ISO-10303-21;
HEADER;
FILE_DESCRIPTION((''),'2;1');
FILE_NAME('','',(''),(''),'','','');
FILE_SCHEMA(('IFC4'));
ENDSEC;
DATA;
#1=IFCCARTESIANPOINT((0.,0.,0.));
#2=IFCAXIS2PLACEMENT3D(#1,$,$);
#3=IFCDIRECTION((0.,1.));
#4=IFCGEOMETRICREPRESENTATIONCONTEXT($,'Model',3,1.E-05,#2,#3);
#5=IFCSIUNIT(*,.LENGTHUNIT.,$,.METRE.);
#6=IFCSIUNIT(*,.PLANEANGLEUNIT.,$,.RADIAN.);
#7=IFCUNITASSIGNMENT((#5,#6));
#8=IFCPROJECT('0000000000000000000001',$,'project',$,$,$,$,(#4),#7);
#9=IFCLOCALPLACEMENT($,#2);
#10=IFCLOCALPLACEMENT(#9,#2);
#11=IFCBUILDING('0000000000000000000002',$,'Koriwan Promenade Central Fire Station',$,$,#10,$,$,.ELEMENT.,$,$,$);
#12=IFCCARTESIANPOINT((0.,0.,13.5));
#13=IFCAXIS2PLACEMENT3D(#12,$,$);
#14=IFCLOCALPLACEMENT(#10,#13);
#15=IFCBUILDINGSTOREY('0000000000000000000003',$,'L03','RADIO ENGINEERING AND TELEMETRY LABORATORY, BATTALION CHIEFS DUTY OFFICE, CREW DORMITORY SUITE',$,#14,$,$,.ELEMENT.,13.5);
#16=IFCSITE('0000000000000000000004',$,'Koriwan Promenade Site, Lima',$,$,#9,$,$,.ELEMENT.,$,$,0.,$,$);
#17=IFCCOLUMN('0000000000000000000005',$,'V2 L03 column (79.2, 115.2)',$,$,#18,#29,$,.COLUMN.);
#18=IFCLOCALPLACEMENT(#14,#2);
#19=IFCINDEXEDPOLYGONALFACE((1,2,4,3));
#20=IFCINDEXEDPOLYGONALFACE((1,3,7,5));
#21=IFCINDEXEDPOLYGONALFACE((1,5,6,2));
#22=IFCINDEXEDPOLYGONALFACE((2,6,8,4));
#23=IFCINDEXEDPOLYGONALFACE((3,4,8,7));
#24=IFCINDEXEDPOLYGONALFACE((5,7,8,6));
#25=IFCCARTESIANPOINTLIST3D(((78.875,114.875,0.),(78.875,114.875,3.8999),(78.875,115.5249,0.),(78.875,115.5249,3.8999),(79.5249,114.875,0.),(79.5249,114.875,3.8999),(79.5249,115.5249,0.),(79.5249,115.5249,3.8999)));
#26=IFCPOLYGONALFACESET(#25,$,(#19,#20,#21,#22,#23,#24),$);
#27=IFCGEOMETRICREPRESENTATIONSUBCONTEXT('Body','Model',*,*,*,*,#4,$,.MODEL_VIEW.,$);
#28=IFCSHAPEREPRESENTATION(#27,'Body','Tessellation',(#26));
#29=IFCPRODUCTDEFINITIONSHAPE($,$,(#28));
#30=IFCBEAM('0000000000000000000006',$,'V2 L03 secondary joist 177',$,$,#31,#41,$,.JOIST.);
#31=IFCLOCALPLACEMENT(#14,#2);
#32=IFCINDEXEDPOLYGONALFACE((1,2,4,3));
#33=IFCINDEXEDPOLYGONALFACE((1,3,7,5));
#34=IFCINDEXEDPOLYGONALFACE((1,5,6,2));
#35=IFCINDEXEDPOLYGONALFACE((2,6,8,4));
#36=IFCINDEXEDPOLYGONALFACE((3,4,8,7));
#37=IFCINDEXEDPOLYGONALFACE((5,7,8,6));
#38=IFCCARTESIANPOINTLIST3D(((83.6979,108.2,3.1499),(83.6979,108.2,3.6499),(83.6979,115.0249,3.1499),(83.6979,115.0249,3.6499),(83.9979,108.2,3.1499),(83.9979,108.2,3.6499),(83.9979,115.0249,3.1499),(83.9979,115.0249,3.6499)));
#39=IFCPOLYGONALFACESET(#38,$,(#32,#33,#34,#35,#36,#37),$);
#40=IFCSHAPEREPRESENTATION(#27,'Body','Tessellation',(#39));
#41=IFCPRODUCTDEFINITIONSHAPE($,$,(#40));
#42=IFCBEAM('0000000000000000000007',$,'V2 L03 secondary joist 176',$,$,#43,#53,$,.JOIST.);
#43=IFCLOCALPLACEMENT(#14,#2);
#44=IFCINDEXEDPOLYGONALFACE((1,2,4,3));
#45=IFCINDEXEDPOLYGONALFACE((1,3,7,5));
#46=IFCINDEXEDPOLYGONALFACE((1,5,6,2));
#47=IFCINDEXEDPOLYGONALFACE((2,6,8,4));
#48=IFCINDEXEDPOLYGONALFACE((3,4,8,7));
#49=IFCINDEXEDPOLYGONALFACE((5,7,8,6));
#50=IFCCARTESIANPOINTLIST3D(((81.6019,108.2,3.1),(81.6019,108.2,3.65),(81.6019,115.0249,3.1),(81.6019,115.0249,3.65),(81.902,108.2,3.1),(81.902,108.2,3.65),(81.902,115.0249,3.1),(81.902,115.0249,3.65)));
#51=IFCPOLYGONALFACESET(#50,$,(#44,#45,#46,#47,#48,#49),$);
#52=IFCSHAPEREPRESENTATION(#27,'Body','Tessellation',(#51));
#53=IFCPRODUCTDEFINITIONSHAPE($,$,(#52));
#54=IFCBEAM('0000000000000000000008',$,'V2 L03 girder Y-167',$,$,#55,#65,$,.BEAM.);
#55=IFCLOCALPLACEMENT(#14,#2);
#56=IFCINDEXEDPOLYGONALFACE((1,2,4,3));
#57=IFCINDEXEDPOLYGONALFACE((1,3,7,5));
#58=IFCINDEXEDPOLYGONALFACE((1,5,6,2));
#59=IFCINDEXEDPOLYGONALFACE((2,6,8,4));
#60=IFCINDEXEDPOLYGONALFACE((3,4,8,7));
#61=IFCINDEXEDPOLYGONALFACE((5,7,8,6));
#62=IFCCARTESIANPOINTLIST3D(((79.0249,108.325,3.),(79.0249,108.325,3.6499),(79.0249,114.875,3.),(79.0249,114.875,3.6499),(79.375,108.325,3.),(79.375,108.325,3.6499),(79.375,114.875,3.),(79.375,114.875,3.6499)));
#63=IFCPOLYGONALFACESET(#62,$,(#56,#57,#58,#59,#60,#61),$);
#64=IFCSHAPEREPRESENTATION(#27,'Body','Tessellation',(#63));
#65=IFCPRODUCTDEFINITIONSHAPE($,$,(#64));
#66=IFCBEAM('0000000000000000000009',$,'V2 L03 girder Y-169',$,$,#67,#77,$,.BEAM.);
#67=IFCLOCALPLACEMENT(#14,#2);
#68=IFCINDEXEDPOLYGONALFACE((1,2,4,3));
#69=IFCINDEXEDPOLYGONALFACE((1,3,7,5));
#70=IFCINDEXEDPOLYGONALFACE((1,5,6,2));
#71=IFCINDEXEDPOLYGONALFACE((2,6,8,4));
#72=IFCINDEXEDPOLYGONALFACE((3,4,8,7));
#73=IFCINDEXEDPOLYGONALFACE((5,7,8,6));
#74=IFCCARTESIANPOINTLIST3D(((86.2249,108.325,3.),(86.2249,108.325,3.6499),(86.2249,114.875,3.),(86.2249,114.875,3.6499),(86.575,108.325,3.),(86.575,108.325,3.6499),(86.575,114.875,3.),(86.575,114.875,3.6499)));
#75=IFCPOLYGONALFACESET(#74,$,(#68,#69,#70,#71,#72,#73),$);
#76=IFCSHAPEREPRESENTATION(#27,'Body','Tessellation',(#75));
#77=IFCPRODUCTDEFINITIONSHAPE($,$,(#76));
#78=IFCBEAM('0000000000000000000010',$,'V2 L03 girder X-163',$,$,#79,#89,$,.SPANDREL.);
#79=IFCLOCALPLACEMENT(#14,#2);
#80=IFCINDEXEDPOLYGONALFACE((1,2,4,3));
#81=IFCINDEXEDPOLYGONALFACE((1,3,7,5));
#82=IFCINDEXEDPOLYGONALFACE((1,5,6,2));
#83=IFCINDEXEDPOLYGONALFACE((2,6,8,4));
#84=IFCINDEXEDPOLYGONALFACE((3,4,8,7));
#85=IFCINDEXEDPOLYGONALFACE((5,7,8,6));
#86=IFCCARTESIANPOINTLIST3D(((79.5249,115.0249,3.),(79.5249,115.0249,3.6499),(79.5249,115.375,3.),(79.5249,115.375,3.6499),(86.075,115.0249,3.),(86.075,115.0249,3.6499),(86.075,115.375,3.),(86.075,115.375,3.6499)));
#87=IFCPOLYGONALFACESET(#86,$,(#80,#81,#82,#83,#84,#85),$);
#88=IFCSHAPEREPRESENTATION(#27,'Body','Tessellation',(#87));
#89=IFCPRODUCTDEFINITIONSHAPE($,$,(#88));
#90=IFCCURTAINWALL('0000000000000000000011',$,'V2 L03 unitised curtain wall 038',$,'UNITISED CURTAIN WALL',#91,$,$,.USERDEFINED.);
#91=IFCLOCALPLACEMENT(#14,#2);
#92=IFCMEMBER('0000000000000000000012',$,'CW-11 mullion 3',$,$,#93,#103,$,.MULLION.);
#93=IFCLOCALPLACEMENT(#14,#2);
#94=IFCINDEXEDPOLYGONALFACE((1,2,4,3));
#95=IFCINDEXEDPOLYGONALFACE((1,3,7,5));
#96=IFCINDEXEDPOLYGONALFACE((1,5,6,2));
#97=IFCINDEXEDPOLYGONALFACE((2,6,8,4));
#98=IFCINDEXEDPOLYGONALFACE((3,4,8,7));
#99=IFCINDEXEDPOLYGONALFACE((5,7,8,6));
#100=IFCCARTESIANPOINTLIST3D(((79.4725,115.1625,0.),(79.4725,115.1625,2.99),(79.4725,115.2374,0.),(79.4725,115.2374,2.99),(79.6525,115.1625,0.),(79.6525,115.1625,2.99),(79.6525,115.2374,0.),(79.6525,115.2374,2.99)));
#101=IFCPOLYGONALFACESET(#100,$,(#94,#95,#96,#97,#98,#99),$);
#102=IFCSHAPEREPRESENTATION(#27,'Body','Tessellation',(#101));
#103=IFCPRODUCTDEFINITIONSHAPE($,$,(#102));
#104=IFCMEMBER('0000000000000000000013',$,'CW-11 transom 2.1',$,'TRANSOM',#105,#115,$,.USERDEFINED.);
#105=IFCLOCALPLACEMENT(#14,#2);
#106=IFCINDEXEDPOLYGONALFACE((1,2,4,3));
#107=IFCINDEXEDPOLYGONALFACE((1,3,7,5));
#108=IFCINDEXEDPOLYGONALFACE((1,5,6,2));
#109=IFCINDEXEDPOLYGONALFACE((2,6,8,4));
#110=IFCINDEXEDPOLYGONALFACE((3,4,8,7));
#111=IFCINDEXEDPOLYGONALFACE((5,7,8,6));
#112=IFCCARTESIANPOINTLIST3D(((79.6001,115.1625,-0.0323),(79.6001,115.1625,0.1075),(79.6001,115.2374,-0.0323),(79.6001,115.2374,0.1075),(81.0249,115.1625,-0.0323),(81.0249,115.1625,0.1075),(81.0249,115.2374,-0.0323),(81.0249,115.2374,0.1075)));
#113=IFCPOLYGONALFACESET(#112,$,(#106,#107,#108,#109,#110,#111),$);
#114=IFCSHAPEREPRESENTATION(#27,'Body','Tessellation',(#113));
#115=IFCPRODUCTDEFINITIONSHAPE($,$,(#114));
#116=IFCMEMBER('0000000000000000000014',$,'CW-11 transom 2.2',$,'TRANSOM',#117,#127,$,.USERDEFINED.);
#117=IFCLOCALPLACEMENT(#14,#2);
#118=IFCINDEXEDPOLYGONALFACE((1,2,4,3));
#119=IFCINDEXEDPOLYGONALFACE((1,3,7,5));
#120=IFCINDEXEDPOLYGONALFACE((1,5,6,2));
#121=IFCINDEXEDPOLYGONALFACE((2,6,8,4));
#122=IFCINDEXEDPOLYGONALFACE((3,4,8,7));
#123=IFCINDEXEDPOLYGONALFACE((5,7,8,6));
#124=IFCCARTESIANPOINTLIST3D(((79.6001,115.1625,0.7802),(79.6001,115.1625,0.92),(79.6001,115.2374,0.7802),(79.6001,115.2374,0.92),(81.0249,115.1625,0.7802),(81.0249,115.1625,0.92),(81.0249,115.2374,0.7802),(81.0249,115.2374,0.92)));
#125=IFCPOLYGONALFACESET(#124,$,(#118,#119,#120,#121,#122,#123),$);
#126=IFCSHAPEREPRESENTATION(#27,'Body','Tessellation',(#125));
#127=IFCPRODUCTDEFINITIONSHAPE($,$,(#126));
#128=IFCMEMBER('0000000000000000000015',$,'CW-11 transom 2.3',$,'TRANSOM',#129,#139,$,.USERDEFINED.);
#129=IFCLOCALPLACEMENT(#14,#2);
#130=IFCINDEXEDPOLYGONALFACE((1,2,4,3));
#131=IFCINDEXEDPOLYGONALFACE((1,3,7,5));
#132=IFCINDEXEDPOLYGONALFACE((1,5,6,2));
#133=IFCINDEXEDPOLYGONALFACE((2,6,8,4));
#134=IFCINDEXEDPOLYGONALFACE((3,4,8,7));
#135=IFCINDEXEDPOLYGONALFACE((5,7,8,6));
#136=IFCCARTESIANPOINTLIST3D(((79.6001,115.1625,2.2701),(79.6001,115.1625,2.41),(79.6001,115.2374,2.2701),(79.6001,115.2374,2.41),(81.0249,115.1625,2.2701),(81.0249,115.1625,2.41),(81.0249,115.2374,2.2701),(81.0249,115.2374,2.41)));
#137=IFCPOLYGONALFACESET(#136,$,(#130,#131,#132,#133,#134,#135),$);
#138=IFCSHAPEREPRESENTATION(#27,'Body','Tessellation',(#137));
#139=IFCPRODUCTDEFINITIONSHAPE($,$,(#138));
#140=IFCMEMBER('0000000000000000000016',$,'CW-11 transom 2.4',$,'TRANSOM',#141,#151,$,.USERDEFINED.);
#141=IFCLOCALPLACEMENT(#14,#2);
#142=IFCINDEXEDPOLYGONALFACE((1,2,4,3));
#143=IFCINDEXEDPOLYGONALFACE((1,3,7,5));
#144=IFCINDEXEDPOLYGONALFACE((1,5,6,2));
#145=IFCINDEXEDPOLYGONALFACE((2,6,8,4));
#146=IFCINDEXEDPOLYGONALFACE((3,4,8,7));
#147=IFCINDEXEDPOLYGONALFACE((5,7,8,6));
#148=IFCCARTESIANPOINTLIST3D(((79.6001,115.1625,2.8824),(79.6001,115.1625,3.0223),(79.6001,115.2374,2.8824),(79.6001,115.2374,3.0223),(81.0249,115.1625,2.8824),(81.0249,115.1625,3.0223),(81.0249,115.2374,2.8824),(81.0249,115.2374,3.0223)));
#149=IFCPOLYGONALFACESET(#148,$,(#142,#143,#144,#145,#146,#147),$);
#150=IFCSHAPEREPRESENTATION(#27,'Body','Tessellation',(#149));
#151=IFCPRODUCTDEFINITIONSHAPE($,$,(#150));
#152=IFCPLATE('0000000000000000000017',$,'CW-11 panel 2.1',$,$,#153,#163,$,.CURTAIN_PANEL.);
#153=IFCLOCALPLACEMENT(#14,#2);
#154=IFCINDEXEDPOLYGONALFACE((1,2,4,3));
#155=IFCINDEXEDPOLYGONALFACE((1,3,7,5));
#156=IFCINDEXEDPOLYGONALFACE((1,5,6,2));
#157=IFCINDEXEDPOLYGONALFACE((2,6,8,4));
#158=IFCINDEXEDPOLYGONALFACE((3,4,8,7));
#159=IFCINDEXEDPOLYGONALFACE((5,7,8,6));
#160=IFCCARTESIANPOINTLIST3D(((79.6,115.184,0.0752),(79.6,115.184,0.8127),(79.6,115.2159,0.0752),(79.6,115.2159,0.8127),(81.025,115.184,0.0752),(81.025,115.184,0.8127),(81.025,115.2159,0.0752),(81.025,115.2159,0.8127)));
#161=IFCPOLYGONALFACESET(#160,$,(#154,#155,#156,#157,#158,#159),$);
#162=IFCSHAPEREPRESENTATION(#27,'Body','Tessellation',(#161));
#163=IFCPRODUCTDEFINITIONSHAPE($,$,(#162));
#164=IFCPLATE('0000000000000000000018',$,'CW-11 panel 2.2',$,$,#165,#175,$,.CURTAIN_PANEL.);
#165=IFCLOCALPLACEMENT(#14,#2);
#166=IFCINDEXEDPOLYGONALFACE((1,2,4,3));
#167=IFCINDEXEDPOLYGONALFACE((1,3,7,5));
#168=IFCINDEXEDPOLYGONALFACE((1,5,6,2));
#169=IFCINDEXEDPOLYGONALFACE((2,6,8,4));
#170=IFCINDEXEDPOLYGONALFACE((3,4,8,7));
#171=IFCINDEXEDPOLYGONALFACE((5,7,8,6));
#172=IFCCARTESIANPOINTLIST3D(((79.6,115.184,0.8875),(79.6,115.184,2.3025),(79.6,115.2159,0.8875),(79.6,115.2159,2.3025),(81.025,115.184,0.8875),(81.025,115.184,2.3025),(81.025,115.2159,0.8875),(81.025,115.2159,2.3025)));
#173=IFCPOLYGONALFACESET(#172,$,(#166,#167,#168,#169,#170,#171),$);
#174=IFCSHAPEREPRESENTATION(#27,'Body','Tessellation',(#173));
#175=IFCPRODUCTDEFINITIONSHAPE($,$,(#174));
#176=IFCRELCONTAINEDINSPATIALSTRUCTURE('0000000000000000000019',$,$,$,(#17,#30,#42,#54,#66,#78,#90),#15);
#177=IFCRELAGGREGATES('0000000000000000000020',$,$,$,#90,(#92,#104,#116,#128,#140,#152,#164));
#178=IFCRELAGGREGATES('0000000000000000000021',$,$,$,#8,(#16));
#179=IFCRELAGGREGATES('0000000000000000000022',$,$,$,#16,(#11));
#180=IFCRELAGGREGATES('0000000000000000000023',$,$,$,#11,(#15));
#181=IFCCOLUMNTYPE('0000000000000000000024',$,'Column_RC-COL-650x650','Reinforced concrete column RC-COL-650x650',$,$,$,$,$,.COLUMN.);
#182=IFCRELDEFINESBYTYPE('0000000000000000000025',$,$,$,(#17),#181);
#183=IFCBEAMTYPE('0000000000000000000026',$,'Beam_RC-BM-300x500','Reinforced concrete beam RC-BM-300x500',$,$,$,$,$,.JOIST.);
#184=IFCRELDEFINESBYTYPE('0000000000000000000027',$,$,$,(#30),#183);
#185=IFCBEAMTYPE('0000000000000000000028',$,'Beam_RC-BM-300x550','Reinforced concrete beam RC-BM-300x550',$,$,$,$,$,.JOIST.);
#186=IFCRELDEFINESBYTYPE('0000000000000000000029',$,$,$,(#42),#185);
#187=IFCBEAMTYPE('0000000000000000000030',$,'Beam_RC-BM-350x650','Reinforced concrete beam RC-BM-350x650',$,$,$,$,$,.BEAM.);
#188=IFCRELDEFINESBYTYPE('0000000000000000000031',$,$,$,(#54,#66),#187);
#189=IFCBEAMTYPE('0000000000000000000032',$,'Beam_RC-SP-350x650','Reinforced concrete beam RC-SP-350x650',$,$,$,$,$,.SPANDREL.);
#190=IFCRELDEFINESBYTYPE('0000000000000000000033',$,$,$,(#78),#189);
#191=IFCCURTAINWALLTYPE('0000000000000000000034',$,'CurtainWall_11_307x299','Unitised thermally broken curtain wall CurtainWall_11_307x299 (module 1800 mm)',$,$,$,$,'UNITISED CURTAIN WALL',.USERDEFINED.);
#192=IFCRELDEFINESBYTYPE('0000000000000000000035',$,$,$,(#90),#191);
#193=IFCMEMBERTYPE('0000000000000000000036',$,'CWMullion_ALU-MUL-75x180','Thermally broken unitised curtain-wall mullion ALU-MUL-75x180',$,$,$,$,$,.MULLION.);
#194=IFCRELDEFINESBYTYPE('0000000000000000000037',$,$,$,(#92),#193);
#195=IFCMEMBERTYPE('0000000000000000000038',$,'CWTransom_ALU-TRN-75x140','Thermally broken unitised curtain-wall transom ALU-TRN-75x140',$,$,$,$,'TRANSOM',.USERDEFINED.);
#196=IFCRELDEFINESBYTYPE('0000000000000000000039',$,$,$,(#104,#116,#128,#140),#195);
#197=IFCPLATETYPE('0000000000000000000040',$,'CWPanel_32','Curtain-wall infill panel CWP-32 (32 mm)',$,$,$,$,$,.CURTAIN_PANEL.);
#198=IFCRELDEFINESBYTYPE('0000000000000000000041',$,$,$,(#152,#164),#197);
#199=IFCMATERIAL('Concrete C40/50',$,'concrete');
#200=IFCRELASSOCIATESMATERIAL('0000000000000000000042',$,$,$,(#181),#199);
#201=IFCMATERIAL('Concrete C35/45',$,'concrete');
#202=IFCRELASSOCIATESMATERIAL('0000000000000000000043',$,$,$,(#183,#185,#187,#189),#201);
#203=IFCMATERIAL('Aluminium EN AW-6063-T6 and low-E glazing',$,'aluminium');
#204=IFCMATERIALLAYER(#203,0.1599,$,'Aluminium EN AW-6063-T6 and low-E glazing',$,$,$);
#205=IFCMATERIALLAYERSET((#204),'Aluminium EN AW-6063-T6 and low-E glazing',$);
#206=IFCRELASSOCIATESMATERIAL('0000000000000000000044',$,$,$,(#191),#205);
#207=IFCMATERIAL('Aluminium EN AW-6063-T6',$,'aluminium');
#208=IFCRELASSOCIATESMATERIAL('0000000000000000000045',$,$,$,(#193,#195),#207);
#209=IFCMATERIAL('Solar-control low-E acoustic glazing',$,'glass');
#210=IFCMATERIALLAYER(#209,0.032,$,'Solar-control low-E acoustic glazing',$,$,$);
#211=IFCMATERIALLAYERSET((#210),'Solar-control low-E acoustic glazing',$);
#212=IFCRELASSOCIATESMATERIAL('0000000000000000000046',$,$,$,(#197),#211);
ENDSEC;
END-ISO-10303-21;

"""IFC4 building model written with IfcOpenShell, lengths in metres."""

from ifc_helpers import new_model, si_unit, direction, frame, origin, origin_2d, place, context, subcontext, project, spatial, rectangle, extrude, material, layer, layer_set, material_profile, profile_set, type_object, element, aggregate, save


model = new_model("IFC4")

# Units and contexts
model_context = context("Model", 3, precision=1e-05, world=origin(), true_north=direction((0.0, 1.0)))
body_context = subcontext(model_context, "Body", "Model", "MODEL_VIEW")
ifc_project = project(units=[si_unit("LENGTHUNIT", "METRE"), si_unit("PLANEANGLEUNIT", "RADIAN")], contexts=[model_context])

# Site, building, storey
site_placement = place(None, origin())
site = spatial("IfcSite", under=ifc_project, at=site_placement, Name="Koriwan Promenade Site, Lima", CompositionType="ELEMENT", RefElevation=0.0)
building_placement = place(site_placement, origin())
building = spatial("IfcBuilding", under=site, at=building_placement, Name="Koriwan Promenade Central Fire Station", CompositionType="ELEMENT")
storey_placement = place(building_placement, frame((0.0, 0.0, 13.5)))
storey = spatial("IfcBuildingStorey", under=building, at=storey_placement, Name="L03", Description="RADIO ENGINEERING AND TELEMETRY LABORATORY, BATTALION CHIEFS DUTY OFFICE, CREW DORMITORY SUITE", CompositionType="ELEMENT", Elevation=13.5)

# Column
ifc_material_1 = material(Name="Concrete C40/50", Category="concrete")
ifc_material_profile_1 = material_profile(ifc_material_1, rectangle(XDim=0.6499, YDim=0.6499, at=origin_2d()), Name="RC-COL-650x650")
ifc_profile_set_1 = profile_set([ifc_material_profile_1], Name="Concrete C40/50")
column_type = type_object("IfcColumnType", Name="Column_RC-COL-650x650", Description="Reinforced concrete column RC-COL-650x650", PredefinedType="COLUMN", material=ifc_profile_set_1)
column_placement = place(storey_placement, frame((79.2, 115.2, 0.0), z_axis=(0.0, 0.0, 1.0), x_axis=(1.0, 0.0, 0.0)))
element("IfcColumn", 1, at=column_placement, inside=storey, type_object=column_type, Name="V2 L03 column (79.2, 115.2)", PredefinedType="COLUMN", context=body_context, shape_type="SweptSolid", body=[
    extrude(rectangle(XDim=0.6499, YDim=0.6499, at=origin_2d()), origin(), (0.0, 0.0, 1.0), 3.8999),
])

# Beams
ifc_material_2 = material(Name="Concrete C35/45", Category="concrete")
ifc_material_profile_2 = material_profile(ifc_material_2, rectangle(XDim=0.3, YDim=0.5, at=origin_2d()), Name="RC-BM-300x500")
ifc_profile_set_2 = profile_set([ifc_material_profile_2], Name="Concrete C35/45")
beam_type_1 = type_object("IfcBeamType", Name="Beam_RC-BM-300x500", Description="Reinforced concrete beam RC-BM-300x500", PredefinedType="JOIST", material=ifc_profile_set_2)
beam_1_placement = place(storey_placement, frame((83.8479, 108.2, 3.3999), z_axis=(0.0, 1.0, 0.0), x_axis=(-1.0, 0.0, 0.0)))
element("IfcBeam", 2, at=beam_1_placement, inside=storey, type_object=beam_type_1, Name="V2 L03 secondary joist 177", PredefinedType="JOIST", context=body_context, shape_type="SweptSolid", body=[
    extrude(rectangle(XDim=0.3, YDim=0.5, at=origin_2d()), origin(), (0.0, 0.0, 1.0), 6.825),
])
ifc_material_profile_3 = material_profile(ifc_material_2, rectangle(XDim=0.3, YDim=0.55, at=origin_2d()), Name="RC-BM-300x550")
ifc_profile_set_3 = profile_set([ifc_material_profile_3], Name="Concrete C35/45")
beam_type_2 = type_object("IfcBeamType", Name="Beam_RC-BM-300x550", Description="Reinforced concrete beam RC-BM-300x550", PredefinedType="JOIST", material=ifc_profile_set_3)
beam_2_placement = place(storey_placement, frame((81.752, 108.2, 3.375), z_axis=(0.0, 1.0, 0.0), x_axis=(-1.0, 0.0, 0.0)))
element("IfcBeam", 3, at=beam_2_placement, inside=storey, type_object=beam_type_2, Name="V2 L03 secondary joist 176", PredefinedType="JOIST", context=body_context, shape_type="SweptSolid", body=[
    extrude(rectangle(XDim=0.3, YDim=0.55, at=origin_2d()), origin(), (0.0, 0.0, 1.0), 6.825),
])
ifc_material_profile_4 = material_profile(ifc_material_2, rectangle(XDim=0.3501, YDim=0.6499, at=origin_2d()), Name="RC-BM-350x650")
ifc_profile_set_4 = profile_set([ifc_material_profile_4], Name="Concrete C35/45")
beam_type_3 = type_object("IfcBeamType", Name="Beam_RC-BM-350x650", Description="Reinforced concrete beam RC-BM-350x650", PredefinedType="BEAM", material=ifc_profile_set_4)
for number, where, z_axis, x_axis, name in (
    (4, (79.2, 108.325, 3.325), (0.0, 1.0, 0.0), (-1.0, 0.0, 0.0), "V2 L03 girder Y-167"),
    (5, (86.3999, 108.325, 3.325), (0.0, 1.0, 0.0), (-1.0, 0.0, 0.0), "V2 L03 girder Y-169"),
):
    element("IfcBeam", number, at=place(storey_placement, frame(where, z_axis=z_axis, x_axis=x_axis)), inside=storey, type_object=beam_type_3, Name=name, PredefinedType="BEAM", context=body_context, shape_type="SweptSolid", body=[
        extrude(rectangle(XDim=0.3501, YDim=0.6499, at=origin_2d()), origin(), (0.0, 0.0, 1.0), 6.55),
    ])
ifc_material_profile_5 = material_profile(ifc_material_2, rectangle(XDim=0.3501, YDim=0.6499, at=origin_2d()), Name="RC-SP-350x650")
ifc_profile_set_5 = profile_set([ifc_material_profile_5], Name="Concrete C35/45")
beam_type_4 = type_object("IfcBeamType", Name="Beam_RC-SP-350x650", Description="Reinforced concrete beam RC-SP-350x650", PredefinedType="SPANDREL", material=ifc_profile_set_5)
beam_3_placement = place(storey_placement, frame((79.5249, 115.2, 3.325), z_axis=(1.0, 0.0, 0.0), x_axis=(0.0, 1.0, 0.0)))
element("IfcBeam", 6, at=beam_3_placement, inside=storey, type_object=beam_type_4, Name="V2 L03 girder X-163", PredefinedType="SPANDREL", context=body_context, shape_type="SweptSolid", body=[
    extrude(rectangle(XDim=0.3501, YDim=0.6499, at=origin_2d()), origin(), (0.0, 0.0, 1.0), 6.55),
])

# Curtain wall, members, plates
ifc_material_3 = material(Name="Aluminium EN AW-6063-T6 and low-E glazing", Category="aluminium")
ifc_layer_1 = layer(ifc_material_3, 0.1599, Name="Aluminium EN AW-6063-T6 and low-E glazing")
ifc_layer_set_1 = layer_set([ifc_layer_1], Name="Aluminium EN AW-6063-T6 and low-E glazing")
curtain_wall_type = type_object("IfcCurtainWallType", Name="CurtainWall_11_307x299", Description="Unitised thermally broken curtain wall CurtainWall_11_307x299 (module 1800 mm)", ElementType="UNITISED CURTAIN WALL", PredefinedType="USERDEFINED", material=ifc_layer_set_1)
curtain_wall_placement = place(storey_placement, origin())
curtain_wall = element("IfcCurtainWall", 7, at=curtain_wall_placement, inside=storey, type_object=curtain_wall_type, Name="V2 L03 unitised curtain wall 038", ObjectType="UNITISED CURTAIN WALL", PredefinedType="USERDEFINED")
ifc_material_4 = material(Name="Aluminium EN AW-6063-T6", Category="aluminium")
ifc_material_profile_6 = material_profile(ifc_material_4, rectangle(XDim=0.075, YDim=0.1799, at=origin_2d()), Name="ALU-MUL-75x180")
ifc_profile_set_6 = profile_set([ifc_material_profile_6], Name="Aluminium EN AW-6063-T6")
member_type_1 = type_object("IfcMemberType", Name="CWMullion_ALU-MUL-75x180", Description="Thermally broken unitised curtain-wall mullion ALU-MUL-75x180", PredefinedType="MULLION", material=ifc_profile_set_6)
member_1_placement = place(storey_placement, frame((79.5625, 115.2, 0.0), z_axis=(0.0, 0.0, 1.0), x_axis=(0.0, -1.0, 0.0)))
member_1 = element("IfcMember", 8, at=member_1_placement, type_object=member_type_1, Name="CW-11 mullion 3", PredefinedType="MULLION", context=body_context, shape_type="SweptSolid", body=[
    extrude(rectangle(XDim=0.075, YDim=0.1799, at=origin_2d()), origin(), (0.0, 0.0, 1.0), 2.99),
])
ifc_material_profile_7 = material_profile(ifc_material_4, rectangle(XDim=0.075, YDim=0.1399, at=origin_2d()), Name="ALU-TRN-75x140")
ifc_profile_set_7 = profile_set([ifc_material_profile_7], Name="Aluminium EN AW-6063-T6")
member_type_2 = type_object("IfcMemberType", Name="CWTransom_ALU-TRN-75x140", Description="Thermally broken unitised curtain-wall transom ALU-TRN-75x140", ElementType="TRANSOM", PredefinedType="USERDEFINED", material=ifc_profile_set_7)
member_2_placement = place(storey_placement, frame((81.0249, 115.2, 0.0376), z_axis=(-1.0, 0.0, 0.0), x_axis=(0.0, -1.0, 0.0)))
member_2 = element("IfcMember", 9, at=member_2_placement, type_object=member_type_2, Name="CW-11 transom 2.1", ObjectType="TRANSOM", PredefinedType="USERDEFINED", context=body_context, shape_type="SweptSolid", body=[
    extrude(rectangle(XDim=0.075, YDim=0.1399, at=origin_2d()), origin(), (0.0, 0.0, 1.0), 1.4248),
])
member_3_placement = place(storey_placement, frame((81.0249, 115.2, 0.8501), z_axis=(-1.0, 0.0, 0.0), x_axis=(0.0, -1.0, 0.0)))
member_3 = element("IfcMember", 10, at=member_3_placement, type_object=member_type_2, Name="CW-11 transom 2.2", ObjectType="TRANSOM", PredefinedType="USERDEFINED", context=body_context, shape_type="SweptSolid", body=[
    extrude(rectangle(XDim=0.075, YDim=0.1399, at=origin_2d()), origin(), (0.0, 0.0, 1.0), 1.4248),
])
member_4_placement = place(storey_placement, frame((81.0249, 115.2, 2.3401), z_axis=(-1.0, 0.0, 0.0), x_axis=(0.0, -1.0, 0.0)))
member_4 = element("IfcMember", 11, at=member_4_placement, type_object=member_type_2, Name="CW-11 transom 2.3", ObjectType="TRANSOM", PredefinedType="USERDEFINED", context=body_context, shape_type="SweptSolid", body=[
    extrude(rectangle(XDim=0.075, YDim=0.1399, at=origin_2d()), origin(), (0.0, 0.0, 1.0), 1.4248),
])
member_5_placement = place(storey_placement, frame((81.0249, 115.2, 2.9524), z_axis=(-1.0, 0.0, 0.0), x_axis=(0.0, -1.0, 0.0)))
member_5 = element("IfcMember", 12, at=member_5_placement, type_object=member_type_2, Name="CW-11 transom 2.4", ObjectType="TRANSOM", PredefinedType="USERDEFINED", context=body_context, shape_type="SweptSolid", body=[
    extrude(rectangle(XDim=0.075, YDim=0.1399, at=origin_2d()), origin(), (0.0, 0.0, 1.0), 1.4248),
])
ifc_material_5 = material(Name="Solar-control low-E acoustic glazing", Category="glass")
ifc_layer_2 = layer(ifc_material_5, 0.032, Name="Solar-control low-E acoustic glazing")
ifc_layer_set_2 = layer_set([ifc_layer_2], Name="Solar-control low-E acoustic glazing")
plate_type = type_object("IfcPlateType", Name="CWPanel_32", Description="Curtain-wall infill panel CWP-32 (32 mm)", PredefinedType="CURTAIN_PANEL", material=ifc_layer_set_2)
plate_1_placement = place(storey_placement, frame((80.3125, 115.2, 0.0752), z_axis=(0.0, 0.0, 1.0), x_axis=(-1.0, 0.0, 0.0)))
plate_1 = element("IfcPlate", 13, at=plate_1_placement, type_object=plate_type, Name="CW-11 panel 2.1", PredefinedType="CURTAIN_PANEL", context=body_context, shape_type="SweptSolid", body=[
    extrude(rectangle(XDim=1.425, YDim=0.032, at=origin_2d()), origin(), (0.0, 0.0, 1.0), 0.7375),
])
plate_2_placement = place(storey_placement, frame((80.3125, 115.2, 0.8875), z_axis=(0.0, 0.0, 1.0), x_axis=(-1.0, 0.0, 0.0)))
plate_2 = element("IfcPlate", 14, at=plate_2_placement, type_object=plate_type, Name="CW-11 panel 2.2", PredefinedType="CURTAIN_PANEL", context=body_context, shape_type="SweptSolid", body=[
    extrude(rectangle(XDim=1.425, YDim=0.032, at=origin_2d()), origin(), (0.0, 0.0, 1.0), 1.415),
])
aggregate(curtain_wall, [member_1, member_2, member_3, member_4, member_5, plate_1, plate_2])

save(model, "model.ifc")
